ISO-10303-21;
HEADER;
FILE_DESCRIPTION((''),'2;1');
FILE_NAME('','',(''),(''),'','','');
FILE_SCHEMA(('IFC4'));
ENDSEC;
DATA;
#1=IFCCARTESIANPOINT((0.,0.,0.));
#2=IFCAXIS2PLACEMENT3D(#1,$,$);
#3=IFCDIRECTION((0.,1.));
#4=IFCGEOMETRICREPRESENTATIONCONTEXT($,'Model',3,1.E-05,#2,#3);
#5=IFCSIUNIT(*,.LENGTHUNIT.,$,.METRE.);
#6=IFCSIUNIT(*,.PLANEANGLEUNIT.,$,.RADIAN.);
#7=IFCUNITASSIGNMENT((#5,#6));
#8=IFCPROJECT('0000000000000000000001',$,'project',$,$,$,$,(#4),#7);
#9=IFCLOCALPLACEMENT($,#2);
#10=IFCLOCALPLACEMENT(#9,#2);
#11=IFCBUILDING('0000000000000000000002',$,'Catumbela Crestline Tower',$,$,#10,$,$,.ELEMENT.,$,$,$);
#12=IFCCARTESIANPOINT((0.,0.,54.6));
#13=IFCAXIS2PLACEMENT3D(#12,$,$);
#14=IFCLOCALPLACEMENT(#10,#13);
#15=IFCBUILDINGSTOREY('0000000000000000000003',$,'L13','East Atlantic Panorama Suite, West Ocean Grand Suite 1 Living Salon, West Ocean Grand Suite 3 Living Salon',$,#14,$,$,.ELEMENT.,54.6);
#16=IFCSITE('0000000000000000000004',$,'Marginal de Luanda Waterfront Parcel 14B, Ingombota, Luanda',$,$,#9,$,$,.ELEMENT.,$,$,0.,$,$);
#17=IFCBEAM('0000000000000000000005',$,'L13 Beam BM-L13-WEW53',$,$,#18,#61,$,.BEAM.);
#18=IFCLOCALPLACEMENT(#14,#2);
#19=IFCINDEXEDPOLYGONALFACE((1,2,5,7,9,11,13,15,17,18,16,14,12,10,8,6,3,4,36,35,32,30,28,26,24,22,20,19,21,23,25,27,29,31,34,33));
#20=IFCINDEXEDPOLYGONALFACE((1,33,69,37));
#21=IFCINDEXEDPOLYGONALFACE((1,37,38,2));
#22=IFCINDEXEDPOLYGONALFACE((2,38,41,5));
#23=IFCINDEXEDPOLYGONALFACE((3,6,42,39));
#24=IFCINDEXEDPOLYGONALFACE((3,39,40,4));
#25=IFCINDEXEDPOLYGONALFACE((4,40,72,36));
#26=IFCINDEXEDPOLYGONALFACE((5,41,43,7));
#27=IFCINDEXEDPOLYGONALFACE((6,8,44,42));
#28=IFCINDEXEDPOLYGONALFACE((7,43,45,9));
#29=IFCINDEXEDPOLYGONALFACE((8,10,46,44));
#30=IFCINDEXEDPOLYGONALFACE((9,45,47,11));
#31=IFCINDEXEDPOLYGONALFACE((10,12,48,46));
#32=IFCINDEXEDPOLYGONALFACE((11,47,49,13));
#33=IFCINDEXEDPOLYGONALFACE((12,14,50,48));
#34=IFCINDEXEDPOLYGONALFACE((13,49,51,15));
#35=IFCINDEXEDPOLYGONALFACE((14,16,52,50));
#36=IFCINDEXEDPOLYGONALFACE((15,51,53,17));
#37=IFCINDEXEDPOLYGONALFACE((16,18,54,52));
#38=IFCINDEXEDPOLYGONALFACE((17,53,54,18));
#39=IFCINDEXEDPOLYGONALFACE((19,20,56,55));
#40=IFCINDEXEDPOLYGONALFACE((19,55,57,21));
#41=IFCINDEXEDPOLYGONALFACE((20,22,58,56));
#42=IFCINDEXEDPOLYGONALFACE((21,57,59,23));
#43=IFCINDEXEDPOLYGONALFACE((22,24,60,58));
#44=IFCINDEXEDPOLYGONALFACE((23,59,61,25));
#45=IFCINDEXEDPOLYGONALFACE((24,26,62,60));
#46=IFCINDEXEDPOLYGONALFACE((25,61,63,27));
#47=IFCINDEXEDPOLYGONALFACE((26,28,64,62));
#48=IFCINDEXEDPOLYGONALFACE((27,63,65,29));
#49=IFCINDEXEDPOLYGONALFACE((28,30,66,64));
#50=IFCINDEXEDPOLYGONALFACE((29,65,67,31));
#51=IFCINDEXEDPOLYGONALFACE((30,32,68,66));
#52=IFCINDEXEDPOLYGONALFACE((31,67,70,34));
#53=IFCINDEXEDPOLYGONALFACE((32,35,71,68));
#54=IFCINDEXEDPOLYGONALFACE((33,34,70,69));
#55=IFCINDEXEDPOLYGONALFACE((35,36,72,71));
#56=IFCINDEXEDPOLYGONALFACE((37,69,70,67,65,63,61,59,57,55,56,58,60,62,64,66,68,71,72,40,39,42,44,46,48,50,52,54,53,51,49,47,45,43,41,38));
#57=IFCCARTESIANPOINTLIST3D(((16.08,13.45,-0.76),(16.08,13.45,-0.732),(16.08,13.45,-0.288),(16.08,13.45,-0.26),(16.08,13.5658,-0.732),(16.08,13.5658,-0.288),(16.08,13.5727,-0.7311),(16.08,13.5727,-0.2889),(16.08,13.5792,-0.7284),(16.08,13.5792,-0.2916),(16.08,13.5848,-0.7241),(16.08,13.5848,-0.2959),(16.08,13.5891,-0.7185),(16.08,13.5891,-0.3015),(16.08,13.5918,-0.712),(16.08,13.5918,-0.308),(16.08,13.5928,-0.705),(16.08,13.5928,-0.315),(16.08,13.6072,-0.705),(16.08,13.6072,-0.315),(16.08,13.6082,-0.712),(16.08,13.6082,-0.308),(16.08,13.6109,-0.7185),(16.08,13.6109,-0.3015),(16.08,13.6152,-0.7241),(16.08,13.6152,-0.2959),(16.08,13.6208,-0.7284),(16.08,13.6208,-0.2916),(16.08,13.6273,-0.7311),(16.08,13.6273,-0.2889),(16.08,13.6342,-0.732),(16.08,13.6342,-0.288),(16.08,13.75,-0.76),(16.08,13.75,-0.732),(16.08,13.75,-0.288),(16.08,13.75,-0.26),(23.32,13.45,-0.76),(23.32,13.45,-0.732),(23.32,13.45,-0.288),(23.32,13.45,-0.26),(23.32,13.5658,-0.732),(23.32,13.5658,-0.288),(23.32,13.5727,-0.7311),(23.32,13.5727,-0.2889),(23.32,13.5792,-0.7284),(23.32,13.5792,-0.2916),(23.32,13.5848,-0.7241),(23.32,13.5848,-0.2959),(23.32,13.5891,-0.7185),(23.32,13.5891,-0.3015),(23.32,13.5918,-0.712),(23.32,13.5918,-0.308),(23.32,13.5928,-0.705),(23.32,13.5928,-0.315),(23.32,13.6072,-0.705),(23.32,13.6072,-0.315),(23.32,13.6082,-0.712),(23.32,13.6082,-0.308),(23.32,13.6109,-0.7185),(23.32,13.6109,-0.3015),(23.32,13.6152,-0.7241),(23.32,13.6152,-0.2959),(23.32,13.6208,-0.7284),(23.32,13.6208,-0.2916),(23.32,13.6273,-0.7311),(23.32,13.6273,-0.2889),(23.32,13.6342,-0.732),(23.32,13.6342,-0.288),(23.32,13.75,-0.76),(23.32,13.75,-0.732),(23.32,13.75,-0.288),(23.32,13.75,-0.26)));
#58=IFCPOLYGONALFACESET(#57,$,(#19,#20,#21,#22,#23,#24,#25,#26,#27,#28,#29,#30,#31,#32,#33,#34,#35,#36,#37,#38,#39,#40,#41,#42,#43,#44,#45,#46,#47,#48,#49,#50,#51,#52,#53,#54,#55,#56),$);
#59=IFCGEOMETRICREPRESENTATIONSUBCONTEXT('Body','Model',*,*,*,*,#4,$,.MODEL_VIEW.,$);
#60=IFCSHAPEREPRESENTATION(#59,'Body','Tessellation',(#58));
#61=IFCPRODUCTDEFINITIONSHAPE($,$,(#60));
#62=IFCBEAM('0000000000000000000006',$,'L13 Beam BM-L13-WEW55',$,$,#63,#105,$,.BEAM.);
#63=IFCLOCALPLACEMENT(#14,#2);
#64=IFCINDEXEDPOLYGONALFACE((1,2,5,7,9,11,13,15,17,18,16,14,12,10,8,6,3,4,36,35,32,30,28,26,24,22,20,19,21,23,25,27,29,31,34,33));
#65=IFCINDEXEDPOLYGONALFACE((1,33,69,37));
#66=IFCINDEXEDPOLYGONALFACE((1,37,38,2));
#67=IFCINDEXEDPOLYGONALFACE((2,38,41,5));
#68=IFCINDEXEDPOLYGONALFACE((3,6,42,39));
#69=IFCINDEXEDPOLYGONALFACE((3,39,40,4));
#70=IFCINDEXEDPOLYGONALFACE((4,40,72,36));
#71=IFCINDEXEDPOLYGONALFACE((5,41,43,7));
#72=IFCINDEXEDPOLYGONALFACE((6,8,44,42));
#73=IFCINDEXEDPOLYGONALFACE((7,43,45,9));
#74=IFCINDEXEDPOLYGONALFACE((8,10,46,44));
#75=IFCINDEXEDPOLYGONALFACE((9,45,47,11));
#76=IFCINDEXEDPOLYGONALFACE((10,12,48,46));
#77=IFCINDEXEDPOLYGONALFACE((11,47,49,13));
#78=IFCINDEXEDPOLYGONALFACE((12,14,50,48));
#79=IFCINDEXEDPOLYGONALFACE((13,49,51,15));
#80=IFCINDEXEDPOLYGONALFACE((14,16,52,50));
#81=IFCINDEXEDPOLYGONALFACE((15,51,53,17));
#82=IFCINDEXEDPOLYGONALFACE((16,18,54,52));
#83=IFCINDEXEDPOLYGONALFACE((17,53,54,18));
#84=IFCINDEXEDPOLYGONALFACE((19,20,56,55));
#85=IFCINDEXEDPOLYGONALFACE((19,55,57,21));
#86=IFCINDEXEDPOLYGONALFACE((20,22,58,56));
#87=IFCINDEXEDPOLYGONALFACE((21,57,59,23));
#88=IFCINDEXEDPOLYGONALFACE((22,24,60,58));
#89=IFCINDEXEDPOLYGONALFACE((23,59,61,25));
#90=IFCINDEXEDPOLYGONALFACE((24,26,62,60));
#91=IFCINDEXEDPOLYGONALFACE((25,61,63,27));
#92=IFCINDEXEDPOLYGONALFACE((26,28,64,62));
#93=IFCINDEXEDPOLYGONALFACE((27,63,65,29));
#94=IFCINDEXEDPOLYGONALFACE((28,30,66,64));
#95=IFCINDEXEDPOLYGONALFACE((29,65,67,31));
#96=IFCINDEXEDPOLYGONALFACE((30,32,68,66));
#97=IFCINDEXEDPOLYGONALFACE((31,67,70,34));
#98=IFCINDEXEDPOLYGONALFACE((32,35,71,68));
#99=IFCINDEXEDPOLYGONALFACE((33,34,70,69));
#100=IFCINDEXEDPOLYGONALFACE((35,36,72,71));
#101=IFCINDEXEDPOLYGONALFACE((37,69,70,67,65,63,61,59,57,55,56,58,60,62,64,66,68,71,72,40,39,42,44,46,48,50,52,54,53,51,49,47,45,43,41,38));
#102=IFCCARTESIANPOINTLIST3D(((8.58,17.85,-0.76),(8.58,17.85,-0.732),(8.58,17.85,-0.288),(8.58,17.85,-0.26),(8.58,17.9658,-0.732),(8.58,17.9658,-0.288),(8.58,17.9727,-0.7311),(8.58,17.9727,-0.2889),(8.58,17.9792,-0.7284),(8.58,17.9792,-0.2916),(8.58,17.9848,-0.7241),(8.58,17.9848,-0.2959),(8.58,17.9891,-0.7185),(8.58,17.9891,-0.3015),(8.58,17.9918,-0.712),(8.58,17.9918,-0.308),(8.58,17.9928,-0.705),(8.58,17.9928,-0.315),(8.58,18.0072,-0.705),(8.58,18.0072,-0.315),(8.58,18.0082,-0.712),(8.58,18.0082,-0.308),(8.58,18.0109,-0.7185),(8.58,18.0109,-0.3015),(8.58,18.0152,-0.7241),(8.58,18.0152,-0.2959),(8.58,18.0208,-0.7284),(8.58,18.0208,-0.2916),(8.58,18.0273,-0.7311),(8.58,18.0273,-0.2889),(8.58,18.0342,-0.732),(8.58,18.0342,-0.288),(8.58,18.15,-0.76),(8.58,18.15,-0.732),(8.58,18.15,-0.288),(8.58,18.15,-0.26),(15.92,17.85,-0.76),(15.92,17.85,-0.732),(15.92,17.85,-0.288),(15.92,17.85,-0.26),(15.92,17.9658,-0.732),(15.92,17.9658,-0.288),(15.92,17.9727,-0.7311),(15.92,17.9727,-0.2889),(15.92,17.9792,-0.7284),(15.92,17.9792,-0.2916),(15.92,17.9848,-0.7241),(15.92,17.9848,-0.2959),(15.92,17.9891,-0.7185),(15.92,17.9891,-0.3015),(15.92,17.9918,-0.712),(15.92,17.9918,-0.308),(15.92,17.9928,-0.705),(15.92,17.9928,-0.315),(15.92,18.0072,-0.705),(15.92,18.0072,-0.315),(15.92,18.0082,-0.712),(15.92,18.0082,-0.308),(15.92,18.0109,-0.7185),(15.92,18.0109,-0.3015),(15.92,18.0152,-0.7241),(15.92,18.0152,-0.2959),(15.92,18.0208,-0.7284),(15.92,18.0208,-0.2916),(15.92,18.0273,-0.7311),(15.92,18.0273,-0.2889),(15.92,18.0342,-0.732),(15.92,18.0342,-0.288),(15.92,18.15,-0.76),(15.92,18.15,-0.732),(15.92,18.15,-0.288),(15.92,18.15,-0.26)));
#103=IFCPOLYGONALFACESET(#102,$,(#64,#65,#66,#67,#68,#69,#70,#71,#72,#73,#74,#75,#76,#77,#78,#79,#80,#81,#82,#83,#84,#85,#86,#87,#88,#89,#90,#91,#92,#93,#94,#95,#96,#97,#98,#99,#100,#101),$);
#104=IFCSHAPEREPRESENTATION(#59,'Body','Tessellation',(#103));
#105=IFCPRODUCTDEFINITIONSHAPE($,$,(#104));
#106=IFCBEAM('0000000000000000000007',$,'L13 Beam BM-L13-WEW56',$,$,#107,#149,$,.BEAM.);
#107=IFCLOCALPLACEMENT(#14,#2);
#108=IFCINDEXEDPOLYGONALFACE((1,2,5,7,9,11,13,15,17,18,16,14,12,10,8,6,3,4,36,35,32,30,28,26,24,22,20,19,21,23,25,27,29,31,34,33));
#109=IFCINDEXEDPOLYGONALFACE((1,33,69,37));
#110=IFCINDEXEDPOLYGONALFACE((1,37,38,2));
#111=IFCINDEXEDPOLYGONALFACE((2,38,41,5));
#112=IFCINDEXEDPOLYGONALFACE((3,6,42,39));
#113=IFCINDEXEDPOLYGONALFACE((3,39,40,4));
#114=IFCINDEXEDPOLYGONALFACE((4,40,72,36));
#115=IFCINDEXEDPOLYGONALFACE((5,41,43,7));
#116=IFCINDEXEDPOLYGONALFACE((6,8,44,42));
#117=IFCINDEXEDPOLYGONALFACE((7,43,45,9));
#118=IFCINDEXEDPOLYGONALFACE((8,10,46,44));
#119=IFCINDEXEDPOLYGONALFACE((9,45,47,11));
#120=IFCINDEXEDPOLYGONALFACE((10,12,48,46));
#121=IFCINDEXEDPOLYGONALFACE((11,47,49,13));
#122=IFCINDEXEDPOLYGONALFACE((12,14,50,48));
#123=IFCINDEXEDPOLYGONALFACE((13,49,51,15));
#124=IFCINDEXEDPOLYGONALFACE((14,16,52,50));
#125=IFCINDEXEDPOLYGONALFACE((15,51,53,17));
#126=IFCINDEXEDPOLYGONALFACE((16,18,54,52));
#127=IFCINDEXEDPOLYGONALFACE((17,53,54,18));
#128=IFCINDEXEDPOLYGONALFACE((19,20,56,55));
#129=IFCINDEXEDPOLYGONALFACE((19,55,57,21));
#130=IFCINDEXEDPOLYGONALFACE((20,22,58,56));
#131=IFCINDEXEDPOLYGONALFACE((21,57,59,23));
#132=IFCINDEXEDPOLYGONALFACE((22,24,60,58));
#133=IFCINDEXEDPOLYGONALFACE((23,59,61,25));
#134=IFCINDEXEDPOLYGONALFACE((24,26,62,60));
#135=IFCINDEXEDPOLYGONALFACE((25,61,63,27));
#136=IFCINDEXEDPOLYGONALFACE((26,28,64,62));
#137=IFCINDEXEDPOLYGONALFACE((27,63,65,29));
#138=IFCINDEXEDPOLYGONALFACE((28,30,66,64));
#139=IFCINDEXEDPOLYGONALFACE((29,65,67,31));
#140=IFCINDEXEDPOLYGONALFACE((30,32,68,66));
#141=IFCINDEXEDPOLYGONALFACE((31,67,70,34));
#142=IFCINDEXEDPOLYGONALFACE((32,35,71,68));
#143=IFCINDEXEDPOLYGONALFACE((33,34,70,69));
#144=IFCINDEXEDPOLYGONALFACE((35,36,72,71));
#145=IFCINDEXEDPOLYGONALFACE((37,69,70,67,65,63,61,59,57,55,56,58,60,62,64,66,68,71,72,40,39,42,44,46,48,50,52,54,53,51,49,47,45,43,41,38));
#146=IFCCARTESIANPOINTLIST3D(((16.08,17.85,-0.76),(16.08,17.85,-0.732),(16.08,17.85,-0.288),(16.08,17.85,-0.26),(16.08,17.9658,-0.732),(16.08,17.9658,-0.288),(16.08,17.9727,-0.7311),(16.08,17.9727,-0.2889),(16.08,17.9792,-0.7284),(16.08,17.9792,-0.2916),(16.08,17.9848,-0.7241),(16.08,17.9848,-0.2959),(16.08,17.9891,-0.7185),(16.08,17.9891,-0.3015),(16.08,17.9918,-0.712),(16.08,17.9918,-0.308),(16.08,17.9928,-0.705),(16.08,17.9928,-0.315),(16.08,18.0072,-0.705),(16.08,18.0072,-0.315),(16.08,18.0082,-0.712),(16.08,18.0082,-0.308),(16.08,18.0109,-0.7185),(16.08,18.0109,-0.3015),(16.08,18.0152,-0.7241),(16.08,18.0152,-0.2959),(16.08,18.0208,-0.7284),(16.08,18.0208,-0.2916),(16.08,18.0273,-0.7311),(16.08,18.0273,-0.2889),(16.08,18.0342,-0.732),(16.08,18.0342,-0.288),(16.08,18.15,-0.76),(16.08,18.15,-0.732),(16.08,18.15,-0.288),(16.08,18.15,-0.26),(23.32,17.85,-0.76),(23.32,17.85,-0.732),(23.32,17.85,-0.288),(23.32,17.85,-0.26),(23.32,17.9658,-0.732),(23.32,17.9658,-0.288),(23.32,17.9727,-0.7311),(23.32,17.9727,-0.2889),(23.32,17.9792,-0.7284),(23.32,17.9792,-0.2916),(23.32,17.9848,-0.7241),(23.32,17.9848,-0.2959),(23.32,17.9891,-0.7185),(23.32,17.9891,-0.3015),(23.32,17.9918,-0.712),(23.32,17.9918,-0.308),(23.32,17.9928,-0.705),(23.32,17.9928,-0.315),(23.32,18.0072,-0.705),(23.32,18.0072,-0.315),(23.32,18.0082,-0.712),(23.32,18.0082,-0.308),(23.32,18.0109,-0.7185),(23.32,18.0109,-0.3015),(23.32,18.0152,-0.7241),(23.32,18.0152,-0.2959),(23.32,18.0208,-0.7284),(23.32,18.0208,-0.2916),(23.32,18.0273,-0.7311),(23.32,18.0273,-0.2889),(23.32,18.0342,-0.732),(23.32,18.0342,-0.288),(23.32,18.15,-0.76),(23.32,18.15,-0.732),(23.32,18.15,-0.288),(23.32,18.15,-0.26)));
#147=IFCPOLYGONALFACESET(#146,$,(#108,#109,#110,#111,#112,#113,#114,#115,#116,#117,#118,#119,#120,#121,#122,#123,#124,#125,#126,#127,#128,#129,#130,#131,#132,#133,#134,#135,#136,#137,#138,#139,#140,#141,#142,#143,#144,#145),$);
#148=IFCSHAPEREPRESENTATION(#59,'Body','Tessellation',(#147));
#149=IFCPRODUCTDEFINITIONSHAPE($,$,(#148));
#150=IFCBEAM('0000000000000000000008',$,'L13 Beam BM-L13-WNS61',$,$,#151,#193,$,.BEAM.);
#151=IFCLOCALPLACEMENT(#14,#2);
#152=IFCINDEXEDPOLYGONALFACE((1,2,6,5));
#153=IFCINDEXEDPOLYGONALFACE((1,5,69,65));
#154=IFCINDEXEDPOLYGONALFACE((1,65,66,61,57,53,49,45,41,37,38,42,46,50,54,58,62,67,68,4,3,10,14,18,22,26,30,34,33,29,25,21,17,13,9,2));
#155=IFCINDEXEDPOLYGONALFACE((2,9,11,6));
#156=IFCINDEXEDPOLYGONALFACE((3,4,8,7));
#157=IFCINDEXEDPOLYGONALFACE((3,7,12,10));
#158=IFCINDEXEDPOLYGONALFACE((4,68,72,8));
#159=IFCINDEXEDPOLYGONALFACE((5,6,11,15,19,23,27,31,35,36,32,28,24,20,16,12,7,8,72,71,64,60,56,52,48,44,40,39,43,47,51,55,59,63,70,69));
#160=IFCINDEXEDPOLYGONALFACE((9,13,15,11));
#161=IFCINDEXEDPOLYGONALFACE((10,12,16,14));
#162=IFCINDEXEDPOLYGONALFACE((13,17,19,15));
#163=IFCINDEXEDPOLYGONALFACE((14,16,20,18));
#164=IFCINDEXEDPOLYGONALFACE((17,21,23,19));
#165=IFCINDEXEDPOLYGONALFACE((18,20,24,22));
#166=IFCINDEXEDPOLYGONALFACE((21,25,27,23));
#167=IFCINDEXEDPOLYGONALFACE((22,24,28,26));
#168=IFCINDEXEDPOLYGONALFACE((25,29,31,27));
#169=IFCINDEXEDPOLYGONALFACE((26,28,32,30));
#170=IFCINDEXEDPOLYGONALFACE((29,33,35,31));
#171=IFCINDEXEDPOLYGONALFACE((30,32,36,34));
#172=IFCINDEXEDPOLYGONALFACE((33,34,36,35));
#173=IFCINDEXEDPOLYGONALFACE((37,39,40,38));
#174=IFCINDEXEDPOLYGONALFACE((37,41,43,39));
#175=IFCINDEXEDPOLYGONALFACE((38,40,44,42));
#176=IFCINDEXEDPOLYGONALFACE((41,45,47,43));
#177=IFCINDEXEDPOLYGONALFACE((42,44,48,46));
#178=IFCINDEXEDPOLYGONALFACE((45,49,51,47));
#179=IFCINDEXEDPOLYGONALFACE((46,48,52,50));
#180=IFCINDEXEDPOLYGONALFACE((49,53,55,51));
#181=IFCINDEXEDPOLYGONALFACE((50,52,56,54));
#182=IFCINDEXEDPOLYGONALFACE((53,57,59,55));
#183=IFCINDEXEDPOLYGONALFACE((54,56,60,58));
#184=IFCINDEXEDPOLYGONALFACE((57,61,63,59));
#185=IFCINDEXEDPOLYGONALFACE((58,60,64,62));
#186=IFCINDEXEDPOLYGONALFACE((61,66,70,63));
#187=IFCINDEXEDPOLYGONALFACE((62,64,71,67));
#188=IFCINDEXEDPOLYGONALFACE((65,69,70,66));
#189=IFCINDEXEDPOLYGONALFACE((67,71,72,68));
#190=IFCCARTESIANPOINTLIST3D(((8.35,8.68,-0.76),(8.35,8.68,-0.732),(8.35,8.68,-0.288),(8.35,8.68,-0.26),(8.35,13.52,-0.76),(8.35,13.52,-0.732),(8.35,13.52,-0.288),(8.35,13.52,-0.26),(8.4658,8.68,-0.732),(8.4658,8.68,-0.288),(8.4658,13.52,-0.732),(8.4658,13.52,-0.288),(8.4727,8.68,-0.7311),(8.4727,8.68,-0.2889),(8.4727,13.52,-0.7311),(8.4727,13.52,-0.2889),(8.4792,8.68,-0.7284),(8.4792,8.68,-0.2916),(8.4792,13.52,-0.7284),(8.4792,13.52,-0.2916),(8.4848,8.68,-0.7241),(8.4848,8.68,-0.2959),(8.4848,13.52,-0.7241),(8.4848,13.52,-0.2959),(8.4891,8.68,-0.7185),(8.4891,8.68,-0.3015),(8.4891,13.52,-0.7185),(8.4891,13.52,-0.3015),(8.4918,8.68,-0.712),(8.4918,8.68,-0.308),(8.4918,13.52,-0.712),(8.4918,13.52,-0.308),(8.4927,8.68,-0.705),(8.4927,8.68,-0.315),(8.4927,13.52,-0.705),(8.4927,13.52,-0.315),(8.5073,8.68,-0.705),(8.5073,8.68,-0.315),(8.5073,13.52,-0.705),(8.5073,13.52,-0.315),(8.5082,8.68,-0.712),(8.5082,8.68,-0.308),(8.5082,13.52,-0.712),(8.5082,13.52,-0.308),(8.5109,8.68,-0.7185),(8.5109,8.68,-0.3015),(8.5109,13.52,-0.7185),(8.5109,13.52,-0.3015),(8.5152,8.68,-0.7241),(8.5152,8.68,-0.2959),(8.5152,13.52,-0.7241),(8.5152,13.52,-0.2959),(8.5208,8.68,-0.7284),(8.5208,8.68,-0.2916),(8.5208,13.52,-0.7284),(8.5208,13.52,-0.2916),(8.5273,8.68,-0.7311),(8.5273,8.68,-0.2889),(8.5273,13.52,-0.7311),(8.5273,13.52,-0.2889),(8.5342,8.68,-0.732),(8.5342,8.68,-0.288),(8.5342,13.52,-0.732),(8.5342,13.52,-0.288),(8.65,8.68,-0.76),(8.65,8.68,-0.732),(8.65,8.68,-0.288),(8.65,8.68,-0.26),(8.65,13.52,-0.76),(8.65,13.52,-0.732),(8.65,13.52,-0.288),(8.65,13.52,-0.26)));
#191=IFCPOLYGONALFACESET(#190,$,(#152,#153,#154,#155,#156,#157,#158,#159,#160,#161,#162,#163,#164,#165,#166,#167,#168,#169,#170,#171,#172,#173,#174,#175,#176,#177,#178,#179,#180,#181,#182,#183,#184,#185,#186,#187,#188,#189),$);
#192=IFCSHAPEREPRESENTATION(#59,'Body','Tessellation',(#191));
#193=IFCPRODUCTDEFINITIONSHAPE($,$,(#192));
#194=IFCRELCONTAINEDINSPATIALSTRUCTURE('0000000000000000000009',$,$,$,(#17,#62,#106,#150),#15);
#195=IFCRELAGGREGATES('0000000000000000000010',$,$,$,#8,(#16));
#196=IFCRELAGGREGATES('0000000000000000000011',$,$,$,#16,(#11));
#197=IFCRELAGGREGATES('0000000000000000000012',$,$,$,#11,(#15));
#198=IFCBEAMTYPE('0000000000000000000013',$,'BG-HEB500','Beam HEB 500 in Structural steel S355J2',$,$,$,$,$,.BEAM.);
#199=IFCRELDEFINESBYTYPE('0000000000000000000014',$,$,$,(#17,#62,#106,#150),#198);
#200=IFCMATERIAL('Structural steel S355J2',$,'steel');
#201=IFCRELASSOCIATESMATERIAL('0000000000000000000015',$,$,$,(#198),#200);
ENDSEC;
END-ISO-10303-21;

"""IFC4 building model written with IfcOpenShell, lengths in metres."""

from ifc_helpers import new_model, si_unit, direction, frame, origin, origin_2d, place, context, subcontext, project, spatial, i_section, extrude, material, material_profile, profile_set, type_object, element, save


model = new_model("IFC4")

# Units and contexts
model_context = context("Model", 3, precision=1e-05, world=origin(), true_north=direction((0.0, 1.0)))
body_context = subcontext(model_context, "Body", "Model", "MODEL_VIEW")
ifc_project = project(units=[si_unit("LENGTHUNIT", "METRE"), si_unit("PLANEANGLEUNIT", "RADIAN")], contexts=[model_context])

# Site, building, storey
site_placement = place(None, origin())
site = spatial("IfcSite", under=ifc_project, at=site_placement, Name="Marginal de Luanda Waterfront Parcel 14B, Ingombota, Luanda", CompositionType="ELEMENT", RefElevation=0.0)
building_placement = place(site_placement, origin())
building = spatial("IfcBuilding", under=site, at=building_placement, Name="Catumbela Crestline Tower", CompositionType="ELEMENT")
storey_placement = place(building_placement, frame((0.0, 0.0, 54.6)))
storey = spatial("IfcBuildingStorey", under=building, at=storey_placement, Name="L13", Description="East Atlantic Panorama Suite, West Ocean Grand Suite 1 Living Salon, West Ocean Grand Suite 3 Living Salon", CompositionType="ELEMENT", Elevation=54.6)

# Beams
ifc_material_1 = material(Name="Structural steel S355J2", Category="steel")
ifc_material_profile_1 = material_profile(ifc_material_1, i_section(OverallWidth=0.3, OverallDepth=0.5, WebThickness=0.0145, FlangeThickness=0.028, FilletRadius=0.027, at=origin_2d()), Name="HEB 500")
ifc_profile_set_1 = profile_set([ifc_material_profile_1], Name="Structural steel S355J2")
beam_type_1 = type_object("IfcBeamType", Name="BG-HEB500", Description="Beam HEB 500 in Structural steel S355J2", PredefinedType="BEAM", material=ifc_profile_set_1)
beam_1_placement = place(storey_placement, frame((16.08, 13.6, -0.51), z_axis=(1.0, 0.0, 0.0), x_axis=(0.0, 1.0, 0.0)))
element("IfcBeam", 1, at=beam_1_placement, inside=storey, type_object=beam_type_1, Name="L13 Beam BM-L13-WEW53", PredefinedType="BEAM", context=body_context, shape_type="SweptSolid", body=[
    extrude(i_section(OverallWidth=0.3, OverallDepth=0.5, WebThickness=0.0145, FlangeThickness=0.028, FilletRadius=0.027, at=origin_2d()), origin(), (0.0, 0.0, 1.0), 7.24),
])
beam_2_placement = place(storey_placement, frame((8.58, 18.0, -0.51), z_axis=(1.0, 0.0, 0.0), x_axis=(0.0, 1.0, 0.0)))
element("IfcBeam", 2, at=beam_2_placement, inside=storey, type_object=beam_type_1, Name="L13 Beam BM-L13-WEW55", PredefinedType="BEAM", context=body_context, shape_type="SweptSolid", body=[
    extrude(i_section(OverallWidth=0.3, OverallDepth=0.5, WebThickness=0.0145, FlangeThickness=0.028, FilletRadius=0.027, at=origin_2d()), origin(), (0.0, 0.0, 1.0), 7.34),
])
beam_3_placement = place(storey_placement, frame((16.08, 18.0, -0.51), z_axis=(1.0, 0.0, 0.0), x_axis=(0.0, 1.0, 0.0)))
element("IfcBeam", 3, at=beam_3_placement, inside=storey, type_object=beam_type_1, Name="L13 Beam BM-L13-WEW56", PredefinedType="BEAM", context=body_context, shape_type="SweptSolid", body=[
    extrude(i_section(OverallWidth=0.3, OverallDepth=0.5, WebThickness=0.0145, FlangeThickness=0.028, FilletRadius=0.027, at=origin_2d()), origin(), (0.0, 0.0, 1.0), 7.24),
])
beam_4_placement = place(storey_placement, frame((8.5, 8.68, -0.51), z_axis=(0.0, 1.0, 0.0), x_axis=(-1.0, 0.0, 0.0)))
element("IfcBeam", 4, at=beam_4_placement, inside=storey, type_object=beam_type_1, Name="L13 Beam BM-L13-WNS61", PredefinedType="BEAM", context=body_context, shape_type="SweptSolid", body=[
    extrude(i_section(OverallWidth=0.3, OverallDepth=0.5, WebThickness=0.0145, FlangeThickness=0.028, FilletRadius=0.027, at=origin_2d()), origin(), (0.0, 0.0, 1.0), 4.84),
])

save(model, "model.ifc")
